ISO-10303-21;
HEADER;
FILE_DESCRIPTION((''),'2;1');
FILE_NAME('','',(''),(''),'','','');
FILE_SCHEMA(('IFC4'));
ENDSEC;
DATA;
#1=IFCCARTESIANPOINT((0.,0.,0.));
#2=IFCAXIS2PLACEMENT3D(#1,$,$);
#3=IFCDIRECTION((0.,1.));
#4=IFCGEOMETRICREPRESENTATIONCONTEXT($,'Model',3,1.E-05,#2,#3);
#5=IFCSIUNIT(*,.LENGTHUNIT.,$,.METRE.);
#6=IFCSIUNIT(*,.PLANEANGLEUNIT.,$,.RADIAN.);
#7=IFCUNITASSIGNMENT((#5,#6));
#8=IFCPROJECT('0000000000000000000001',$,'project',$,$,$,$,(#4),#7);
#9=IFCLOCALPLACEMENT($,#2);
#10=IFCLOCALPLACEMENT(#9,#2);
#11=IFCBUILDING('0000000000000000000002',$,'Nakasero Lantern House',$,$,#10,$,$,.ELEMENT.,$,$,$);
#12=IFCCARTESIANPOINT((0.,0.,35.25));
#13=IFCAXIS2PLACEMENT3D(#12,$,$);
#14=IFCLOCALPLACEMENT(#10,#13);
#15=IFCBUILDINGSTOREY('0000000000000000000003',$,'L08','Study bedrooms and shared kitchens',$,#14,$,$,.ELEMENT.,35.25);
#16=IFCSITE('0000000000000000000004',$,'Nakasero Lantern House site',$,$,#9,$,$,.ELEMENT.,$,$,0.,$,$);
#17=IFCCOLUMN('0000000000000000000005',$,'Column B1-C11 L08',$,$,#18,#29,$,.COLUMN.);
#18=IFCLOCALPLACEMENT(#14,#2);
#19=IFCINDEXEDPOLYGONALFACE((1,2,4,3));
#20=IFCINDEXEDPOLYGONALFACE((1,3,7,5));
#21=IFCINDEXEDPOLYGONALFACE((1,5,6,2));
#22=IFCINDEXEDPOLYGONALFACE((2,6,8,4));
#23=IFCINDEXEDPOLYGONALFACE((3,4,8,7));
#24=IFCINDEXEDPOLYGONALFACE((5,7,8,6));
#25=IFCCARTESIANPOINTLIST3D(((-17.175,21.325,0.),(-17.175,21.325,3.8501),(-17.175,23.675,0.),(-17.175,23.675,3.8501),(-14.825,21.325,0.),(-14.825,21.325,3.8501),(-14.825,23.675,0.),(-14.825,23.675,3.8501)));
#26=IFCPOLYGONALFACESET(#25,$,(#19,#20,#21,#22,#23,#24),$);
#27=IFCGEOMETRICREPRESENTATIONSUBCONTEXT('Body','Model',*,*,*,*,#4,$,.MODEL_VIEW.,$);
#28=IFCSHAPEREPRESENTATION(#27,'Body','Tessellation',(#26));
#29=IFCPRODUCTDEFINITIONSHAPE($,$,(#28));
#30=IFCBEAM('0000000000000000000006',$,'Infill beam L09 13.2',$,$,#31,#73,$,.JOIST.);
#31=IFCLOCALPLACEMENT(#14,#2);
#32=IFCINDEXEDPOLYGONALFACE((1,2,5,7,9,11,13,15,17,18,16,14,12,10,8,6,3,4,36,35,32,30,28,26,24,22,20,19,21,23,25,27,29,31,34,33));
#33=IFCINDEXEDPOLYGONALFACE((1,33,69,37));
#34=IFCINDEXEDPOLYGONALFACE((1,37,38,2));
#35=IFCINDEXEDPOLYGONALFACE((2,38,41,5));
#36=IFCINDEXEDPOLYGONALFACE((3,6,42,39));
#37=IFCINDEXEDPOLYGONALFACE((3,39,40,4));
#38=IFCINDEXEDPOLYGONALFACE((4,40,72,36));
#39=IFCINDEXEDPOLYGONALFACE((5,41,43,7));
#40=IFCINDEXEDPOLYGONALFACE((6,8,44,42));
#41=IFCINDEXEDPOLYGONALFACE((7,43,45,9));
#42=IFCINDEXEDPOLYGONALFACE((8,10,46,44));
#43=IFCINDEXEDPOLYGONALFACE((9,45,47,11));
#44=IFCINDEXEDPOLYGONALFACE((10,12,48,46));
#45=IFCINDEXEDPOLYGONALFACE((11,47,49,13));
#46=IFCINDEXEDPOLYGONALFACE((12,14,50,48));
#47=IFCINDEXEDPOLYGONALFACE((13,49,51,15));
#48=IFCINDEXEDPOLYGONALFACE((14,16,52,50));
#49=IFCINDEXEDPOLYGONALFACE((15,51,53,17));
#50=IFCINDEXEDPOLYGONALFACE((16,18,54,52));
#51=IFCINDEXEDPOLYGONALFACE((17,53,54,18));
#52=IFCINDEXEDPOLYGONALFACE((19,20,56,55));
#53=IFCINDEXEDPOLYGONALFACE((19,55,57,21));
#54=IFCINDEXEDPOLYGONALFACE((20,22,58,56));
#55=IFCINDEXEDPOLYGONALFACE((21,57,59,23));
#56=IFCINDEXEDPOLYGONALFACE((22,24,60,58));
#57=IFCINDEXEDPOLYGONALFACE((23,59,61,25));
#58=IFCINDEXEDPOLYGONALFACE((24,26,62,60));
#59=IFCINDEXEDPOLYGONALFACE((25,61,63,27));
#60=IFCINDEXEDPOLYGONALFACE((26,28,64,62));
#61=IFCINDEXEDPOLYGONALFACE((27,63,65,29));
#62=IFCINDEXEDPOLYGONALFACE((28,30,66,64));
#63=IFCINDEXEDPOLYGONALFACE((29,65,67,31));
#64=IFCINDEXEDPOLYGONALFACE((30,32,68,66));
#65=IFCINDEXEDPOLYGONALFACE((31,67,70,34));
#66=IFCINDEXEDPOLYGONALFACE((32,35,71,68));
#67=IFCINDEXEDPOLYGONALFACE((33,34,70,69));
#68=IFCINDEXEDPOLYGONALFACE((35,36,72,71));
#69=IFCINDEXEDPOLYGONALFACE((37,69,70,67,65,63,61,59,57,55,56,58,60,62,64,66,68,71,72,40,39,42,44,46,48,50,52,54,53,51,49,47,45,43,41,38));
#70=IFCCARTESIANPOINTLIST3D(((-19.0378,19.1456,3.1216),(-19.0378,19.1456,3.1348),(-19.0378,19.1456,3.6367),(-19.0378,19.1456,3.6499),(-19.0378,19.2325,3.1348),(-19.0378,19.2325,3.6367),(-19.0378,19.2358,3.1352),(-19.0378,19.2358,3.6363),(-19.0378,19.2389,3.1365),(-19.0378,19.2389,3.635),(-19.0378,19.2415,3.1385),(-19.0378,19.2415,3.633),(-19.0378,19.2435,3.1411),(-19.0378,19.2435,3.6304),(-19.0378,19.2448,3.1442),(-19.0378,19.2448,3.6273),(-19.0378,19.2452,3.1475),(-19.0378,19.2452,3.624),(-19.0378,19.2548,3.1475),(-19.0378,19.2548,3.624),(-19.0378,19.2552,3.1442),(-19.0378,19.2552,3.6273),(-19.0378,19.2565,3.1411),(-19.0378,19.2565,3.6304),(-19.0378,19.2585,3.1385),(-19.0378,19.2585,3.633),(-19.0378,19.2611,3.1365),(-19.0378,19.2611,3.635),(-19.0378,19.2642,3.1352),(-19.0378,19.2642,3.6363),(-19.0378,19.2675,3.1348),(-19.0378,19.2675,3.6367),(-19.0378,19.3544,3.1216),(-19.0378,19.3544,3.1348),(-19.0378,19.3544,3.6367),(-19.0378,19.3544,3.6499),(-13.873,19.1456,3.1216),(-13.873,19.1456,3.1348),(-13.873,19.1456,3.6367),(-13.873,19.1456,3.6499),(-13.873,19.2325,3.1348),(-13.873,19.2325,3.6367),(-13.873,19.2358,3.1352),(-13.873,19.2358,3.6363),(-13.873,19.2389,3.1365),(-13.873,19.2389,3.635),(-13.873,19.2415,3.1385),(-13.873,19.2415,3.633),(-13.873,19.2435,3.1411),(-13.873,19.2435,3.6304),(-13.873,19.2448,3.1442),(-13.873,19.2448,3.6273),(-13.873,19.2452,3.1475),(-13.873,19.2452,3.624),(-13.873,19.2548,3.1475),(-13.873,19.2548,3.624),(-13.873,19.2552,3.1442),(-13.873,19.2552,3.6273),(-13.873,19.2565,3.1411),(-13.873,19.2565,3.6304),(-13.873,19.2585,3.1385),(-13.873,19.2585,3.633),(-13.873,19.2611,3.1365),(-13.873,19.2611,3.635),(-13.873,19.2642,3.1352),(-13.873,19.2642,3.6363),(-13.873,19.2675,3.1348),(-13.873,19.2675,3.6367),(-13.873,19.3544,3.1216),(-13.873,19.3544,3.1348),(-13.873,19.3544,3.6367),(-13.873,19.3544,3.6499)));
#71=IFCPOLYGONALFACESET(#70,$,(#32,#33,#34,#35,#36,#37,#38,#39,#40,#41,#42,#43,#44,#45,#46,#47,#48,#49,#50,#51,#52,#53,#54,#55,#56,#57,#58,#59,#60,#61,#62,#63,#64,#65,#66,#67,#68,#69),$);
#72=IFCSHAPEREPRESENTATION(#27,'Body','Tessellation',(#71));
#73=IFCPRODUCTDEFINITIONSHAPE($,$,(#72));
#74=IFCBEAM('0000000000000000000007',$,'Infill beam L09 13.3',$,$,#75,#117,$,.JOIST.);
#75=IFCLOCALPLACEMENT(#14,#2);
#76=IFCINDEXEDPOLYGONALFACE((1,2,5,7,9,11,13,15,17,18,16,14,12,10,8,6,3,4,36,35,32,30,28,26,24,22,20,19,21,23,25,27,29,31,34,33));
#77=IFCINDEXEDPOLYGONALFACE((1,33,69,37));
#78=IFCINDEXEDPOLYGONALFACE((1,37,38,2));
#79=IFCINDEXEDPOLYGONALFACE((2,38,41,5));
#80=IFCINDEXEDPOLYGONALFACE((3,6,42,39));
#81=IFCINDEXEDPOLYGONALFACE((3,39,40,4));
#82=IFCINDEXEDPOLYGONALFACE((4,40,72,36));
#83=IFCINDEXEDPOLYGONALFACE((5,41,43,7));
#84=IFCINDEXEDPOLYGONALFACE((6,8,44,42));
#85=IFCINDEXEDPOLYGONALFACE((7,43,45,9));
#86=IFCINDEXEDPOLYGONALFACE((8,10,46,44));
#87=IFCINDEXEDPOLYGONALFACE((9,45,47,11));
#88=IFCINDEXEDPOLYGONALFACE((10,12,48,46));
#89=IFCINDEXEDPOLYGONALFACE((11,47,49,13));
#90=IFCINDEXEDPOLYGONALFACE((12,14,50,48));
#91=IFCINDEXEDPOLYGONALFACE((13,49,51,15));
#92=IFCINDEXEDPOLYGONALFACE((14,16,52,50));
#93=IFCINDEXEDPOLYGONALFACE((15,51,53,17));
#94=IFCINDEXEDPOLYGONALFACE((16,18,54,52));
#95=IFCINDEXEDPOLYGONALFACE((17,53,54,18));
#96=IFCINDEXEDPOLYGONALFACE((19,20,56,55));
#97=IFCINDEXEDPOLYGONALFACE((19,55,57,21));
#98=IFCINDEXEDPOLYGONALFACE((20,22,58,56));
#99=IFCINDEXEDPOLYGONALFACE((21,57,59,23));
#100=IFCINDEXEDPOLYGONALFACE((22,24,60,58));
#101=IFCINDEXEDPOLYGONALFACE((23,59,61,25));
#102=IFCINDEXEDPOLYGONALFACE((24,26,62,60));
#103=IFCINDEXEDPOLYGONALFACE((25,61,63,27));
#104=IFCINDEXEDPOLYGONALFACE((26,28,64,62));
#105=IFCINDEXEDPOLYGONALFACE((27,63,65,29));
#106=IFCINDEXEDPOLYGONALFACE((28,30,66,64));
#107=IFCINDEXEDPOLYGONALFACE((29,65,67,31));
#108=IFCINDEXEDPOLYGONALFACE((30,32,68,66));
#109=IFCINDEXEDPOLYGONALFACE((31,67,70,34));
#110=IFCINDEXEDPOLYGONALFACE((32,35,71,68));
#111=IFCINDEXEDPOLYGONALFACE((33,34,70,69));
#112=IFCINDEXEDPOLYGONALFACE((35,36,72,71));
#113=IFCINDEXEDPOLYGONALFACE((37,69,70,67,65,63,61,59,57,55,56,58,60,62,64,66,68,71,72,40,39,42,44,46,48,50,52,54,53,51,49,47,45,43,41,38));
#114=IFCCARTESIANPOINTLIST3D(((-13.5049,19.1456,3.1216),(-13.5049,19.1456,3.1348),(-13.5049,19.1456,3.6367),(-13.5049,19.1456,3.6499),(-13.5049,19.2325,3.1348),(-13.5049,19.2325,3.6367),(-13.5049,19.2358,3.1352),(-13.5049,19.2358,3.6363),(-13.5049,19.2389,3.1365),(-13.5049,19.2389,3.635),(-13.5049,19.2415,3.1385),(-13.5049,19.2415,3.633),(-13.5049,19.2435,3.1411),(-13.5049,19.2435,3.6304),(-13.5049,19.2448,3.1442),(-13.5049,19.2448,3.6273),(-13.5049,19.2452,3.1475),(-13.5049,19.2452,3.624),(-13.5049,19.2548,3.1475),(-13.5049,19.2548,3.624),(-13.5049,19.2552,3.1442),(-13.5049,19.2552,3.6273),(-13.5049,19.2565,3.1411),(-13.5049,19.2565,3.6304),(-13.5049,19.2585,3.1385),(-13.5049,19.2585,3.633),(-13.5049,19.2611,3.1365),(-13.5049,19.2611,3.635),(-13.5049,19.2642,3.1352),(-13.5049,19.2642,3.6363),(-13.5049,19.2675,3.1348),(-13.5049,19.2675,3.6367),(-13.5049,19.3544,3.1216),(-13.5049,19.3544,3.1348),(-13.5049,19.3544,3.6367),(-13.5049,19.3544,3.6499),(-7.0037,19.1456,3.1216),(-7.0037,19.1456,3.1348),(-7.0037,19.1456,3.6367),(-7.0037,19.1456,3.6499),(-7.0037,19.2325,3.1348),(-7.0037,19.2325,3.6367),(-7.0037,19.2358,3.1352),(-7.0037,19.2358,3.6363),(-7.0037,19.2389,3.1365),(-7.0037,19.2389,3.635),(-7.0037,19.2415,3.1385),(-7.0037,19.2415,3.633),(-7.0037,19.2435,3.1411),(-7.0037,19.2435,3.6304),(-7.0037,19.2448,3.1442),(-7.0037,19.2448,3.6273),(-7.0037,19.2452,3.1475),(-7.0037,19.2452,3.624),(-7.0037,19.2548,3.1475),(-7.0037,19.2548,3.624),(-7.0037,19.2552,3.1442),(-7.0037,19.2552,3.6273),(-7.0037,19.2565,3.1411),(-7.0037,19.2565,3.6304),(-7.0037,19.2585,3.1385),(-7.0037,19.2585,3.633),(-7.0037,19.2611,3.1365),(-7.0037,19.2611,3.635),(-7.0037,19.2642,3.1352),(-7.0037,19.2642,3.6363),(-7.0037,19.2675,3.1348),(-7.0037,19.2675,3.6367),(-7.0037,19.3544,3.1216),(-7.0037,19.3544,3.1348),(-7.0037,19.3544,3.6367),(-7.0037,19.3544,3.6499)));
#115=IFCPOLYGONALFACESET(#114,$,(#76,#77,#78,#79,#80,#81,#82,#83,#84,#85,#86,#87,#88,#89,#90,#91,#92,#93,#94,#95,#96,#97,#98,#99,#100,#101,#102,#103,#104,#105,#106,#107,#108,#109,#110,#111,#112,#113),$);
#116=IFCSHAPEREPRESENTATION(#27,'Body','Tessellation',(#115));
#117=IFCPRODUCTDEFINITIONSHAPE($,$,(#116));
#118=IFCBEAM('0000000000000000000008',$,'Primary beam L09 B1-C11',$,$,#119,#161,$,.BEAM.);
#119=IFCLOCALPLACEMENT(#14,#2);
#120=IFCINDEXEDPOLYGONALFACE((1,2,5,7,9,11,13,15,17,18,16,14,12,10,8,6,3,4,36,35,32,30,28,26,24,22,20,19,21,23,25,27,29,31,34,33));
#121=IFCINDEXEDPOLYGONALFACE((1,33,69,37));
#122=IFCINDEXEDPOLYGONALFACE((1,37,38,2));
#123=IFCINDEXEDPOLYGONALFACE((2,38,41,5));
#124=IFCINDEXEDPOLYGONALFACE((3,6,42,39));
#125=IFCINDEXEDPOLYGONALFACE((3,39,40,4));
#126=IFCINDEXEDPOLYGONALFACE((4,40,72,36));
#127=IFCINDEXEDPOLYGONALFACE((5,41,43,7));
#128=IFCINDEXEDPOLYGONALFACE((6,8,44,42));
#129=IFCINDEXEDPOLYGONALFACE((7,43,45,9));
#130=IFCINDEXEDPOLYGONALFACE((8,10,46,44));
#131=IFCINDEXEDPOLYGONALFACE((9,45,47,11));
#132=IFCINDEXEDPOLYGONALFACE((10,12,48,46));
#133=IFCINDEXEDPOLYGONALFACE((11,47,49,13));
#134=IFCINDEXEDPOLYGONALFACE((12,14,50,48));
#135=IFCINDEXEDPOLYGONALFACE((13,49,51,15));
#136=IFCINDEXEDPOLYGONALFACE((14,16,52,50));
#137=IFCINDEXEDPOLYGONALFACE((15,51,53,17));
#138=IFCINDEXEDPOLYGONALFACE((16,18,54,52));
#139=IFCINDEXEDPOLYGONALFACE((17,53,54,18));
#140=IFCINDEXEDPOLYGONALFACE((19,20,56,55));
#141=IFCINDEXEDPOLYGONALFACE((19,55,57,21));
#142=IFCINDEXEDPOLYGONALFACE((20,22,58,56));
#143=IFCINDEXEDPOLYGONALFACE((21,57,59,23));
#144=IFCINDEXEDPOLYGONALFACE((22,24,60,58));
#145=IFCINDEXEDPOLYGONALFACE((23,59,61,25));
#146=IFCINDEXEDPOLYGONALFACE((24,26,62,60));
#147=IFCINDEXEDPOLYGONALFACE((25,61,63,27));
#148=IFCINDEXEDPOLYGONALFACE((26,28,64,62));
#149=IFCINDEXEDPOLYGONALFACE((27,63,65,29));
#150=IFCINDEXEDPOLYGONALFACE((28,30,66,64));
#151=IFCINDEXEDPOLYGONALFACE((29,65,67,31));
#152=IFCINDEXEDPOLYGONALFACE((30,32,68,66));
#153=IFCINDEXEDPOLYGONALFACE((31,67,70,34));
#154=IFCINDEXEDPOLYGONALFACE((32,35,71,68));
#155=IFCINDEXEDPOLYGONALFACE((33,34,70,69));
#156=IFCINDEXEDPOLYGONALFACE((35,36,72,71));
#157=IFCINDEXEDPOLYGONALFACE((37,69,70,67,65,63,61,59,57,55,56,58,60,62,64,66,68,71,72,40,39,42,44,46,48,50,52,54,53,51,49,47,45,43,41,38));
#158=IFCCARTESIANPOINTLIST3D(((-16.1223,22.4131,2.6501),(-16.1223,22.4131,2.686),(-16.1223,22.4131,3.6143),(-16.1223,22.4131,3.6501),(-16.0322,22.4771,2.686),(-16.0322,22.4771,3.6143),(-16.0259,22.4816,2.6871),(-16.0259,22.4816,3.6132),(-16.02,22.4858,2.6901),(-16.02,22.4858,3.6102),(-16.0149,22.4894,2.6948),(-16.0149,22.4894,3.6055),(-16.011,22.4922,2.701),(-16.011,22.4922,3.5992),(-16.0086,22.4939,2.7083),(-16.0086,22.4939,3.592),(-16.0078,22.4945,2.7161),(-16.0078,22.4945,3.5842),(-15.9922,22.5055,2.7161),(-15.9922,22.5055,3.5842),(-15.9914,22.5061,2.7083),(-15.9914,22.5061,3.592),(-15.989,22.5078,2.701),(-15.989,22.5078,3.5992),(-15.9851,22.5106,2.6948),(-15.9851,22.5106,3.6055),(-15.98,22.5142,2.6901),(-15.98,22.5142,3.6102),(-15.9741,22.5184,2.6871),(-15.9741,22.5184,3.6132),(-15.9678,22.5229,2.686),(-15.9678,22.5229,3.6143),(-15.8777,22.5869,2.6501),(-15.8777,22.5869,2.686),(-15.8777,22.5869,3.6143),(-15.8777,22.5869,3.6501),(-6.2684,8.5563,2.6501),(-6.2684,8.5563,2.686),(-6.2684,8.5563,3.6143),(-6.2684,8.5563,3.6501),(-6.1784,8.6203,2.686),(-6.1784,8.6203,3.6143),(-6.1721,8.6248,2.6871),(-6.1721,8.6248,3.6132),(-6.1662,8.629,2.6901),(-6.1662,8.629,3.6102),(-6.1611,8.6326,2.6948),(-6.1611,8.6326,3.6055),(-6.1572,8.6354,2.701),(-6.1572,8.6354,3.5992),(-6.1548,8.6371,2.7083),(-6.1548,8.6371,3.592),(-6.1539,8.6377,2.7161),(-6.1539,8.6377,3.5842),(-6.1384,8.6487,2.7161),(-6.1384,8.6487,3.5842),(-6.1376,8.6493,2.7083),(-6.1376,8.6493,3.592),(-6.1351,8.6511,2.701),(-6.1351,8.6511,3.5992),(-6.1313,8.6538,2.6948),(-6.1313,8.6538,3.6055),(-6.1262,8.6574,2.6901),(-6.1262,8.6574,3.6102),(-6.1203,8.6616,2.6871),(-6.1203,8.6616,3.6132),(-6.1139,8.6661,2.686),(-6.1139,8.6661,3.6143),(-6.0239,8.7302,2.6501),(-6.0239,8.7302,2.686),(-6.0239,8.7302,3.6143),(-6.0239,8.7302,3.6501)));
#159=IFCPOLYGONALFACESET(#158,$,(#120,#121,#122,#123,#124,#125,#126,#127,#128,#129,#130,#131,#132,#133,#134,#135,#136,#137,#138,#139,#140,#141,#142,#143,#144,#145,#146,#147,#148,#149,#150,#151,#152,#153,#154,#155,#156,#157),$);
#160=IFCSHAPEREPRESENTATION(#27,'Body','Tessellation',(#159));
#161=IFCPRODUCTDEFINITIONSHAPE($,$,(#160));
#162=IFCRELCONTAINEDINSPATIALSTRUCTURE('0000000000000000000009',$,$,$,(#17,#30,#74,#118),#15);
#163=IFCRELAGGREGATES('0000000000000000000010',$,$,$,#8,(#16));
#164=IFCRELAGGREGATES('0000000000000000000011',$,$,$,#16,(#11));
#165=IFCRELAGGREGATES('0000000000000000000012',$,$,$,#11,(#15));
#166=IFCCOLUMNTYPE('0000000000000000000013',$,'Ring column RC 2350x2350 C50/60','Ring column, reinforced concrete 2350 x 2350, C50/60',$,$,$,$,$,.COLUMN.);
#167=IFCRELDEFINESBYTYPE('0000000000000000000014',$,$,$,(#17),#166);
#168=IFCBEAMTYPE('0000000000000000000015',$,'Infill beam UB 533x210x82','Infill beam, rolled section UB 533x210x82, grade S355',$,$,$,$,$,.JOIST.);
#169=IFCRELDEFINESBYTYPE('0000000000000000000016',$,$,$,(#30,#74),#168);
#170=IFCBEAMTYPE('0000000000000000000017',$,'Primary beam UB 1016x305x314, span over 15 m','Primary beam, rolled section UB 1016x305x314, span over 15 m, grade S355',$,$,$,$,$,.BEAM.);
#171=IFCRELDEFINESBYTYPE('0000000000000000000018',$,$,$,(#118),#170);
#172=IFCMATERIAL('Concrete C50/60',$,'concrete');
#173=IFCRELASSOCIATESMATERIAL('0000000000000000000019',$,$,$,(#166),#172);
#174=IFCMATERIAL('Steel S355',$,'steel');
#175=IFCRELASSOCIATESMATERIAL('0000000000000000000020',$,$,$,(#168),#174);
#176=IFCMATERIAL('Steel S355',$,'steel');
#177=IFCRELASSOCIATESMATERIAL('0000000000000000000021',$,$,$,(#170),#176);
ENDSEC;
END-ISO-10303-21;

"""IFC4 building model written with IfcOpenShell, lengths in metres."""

from ifc_helpers import new_model, si_unit, direction, frame, origin, origin_2d, place, context, subcontext, project, spatial, rectangle, i_section, extrude, material, material_profile, profile_set, type_object, element, save


model = new_model("IFC4")

# Units and contexts
model_context = context("Model", 3, precision=1e-05, world=origin(), true_north=direction((0.0, 1.0)))
body_context = subcontext(model_context, "Body", "Model", "MODEL_VIEW")
ifc_project = project(units=[si_unit("LENGTHUNIT", "METRE"), si_unit("PLANEANGLEUNIT", "RADIAN")], contexts=[model_context])

# Site, building, storey
site_placement = place(None, origin())
site = spatial("IfcSite", under=ifc_project, at=site_placement, Name="Nakasero Lantern House site", CompositionType="ELEMENT", RefElevation=0.0)
building_placement = place(site_placement, origin())
building = spatial("IfcBuilding", under=site, at=building_placement, Name="Nakasero Lantern House", CompositionType="ELEMENT")
storey_placement = place(building_placement, frame((0.0, 0.0, 35.25)))
storey = spatial("IfcBuildingStorey", under=building, at=storey_placement, Name="L08", Description="Study bedrooms and shared kitchens", CompositionType="ELEMENT", Elevation=35.25)

# Column
ifc_material_1 = material(Name="Concrete C50/60", Category="concrete")
ifc_material_profile_1 = material_profile(ifc_material_1, rectangle(XDim=2.3501, YDim=2.3501, at=origin_2d()), Name="RC 2350x2350")
ifc_profile_set_1 = profile_set([ifc_material_profile_1], Name="Concrete C50/60")
column_type = type_object("IfcColumnType", Name="Ring column RC 2350x2350 C50/60", Description="Ring column, reinforced concrete 2350 x 2350, C50/60", PredefinedType="COLUMN", material=ifc_profile_set_1)
column_placement = place(storey_placement, frame((-16.0, 22.5, 0.0), z_axis=(0.0, 0.0, 1.0), x_axis=(1.0, 0.0, 0.0)))
element("IfcColumn", 1, at=column_placement, inside=storey, type_object=column_type, Name="Column B1-C11 L08", PredefinedType="COLUMN", context=body_context, shape_type="SweptSolid", body=[
    extrude(rectangle(XDim=2.3501, YDim=2.3501, at=origin_2d()), origin(), (0.0, 0.0, 1.0), 3.8501),
])

# Beams
ifc_material_2 = material(Name="Steel S355", Category="steel")
ifc_material_profile_2 = material_profile(ifc_material_2, i_section(OverallWidth=0.2087, OverallDepth=0.5283, WebThickness=0.0095, FlangeThickness=0.0132, FilletRadius=0.0127, at=origin_2d()), Name="UB 533x210x82")
ifc_profile_set_2 = profile_set([ifc_material_profile_2], Name="Steel S355")
beam_type_1 = type_object("IfcBeamType", Name="Infill beam UB 533x210x82", Description="Infill beam, rolled section UB 533x210x82, grade S355", PredefinedType="JOIST", material=ifc_profile_set_2)
beam_1_placement = place(storey_placement, frame((-19.0378, 19.25, 3.3857), z_axis=(1.0, 0.0, 0.0), x_axis=(0.0, 1.0, 0.0)))
element("IfcBeam", 2, at=beam_1_placement, inside=storey, type_object=beam_type_1, Name="Infill beam L09 13.2", PredefinedType="JOIST", context=body_context, shape_type="SweptSolid", body=[
    extrude(i_section(OverallWidth=0.2087, OverallDepth=0.5283, WebThickness=0.0095, FlangeThickness=0.0132, FilletRadius=0.0127, at=origin_2d()), origin(), (0.0, 0.0, 1.0), 5.1648),
])
beam_2_placement = place(storey_placement, frame((-13.5049, 19.25, 3.3857), z_axis=(1.0, 0.0, 0.0), x_axis=(0.0, 1.0, 0.0)))
element("IfcBeam", 3, at=beam_2_placement, inside=storey, type_object=beam_type_1, Name="Infill beam L09 13.3", PredefinedType="JOIST", context=body_context, shape_type="SweptSolid", body=[
    extrude(i_section(OverallWidth=0.2087, OverallDepth=0.5283, WebThickness=0.0095, FlangeThickness=0.0132, FilletRadius=0.0127, at=origin_2d()), origin(), (0.0, 0.0, 1.0), 6.5012),
])
ifc_material_3 = material(Name="Steel S355", Category="steel")
ifc_material_profile_3 = material_profile(ifc_material_3, i_section(OverallWidth=0.3, OverallDepth=1.0, WebThickness=0.019, FlangeThickness=0.0359, FilletRadius=0.03, at=origin_2d()), Name="UB 1016x305x314")
ifc_profile_set_3 = profile_set([ifc_material_profile_3], Name="Steel S355")
beam_type_2 = type_object("IfcBeamType", Name="Primary beam UB 1016x305x314, span over 15 m", Description="Primary beam, rolled section UB 1016x305x314, span over 15 m, grade S355", PredefinedType="BEAM", material=ifc_profile_set_3)
beam_3_placement = place(storey_placement, frame((-16.0, 22.5, 3.1501), z_axis=(0.579528, -0.814952, 0.0), x_axis=(0.814952, 0.579528, 0.0)))
element("IfcBeam", 4, at=beam_3_placement, inside=storey, type_object=beam_type_2, Name="Primary beam L09 B1-C11", PredefinedType="BEAM", context=body_context, shape_type="SweptSolid", body=[
    extrude(i_section(OverallWidth=0.3, OverallDepth=1.0, WebThickness=0.019, FlangeThickness=0.0359, FilletRadius=0.03, at=origin_2d()), origin(), (0.0, 0.0, 1.0), 17.0032),
])

save(model, "model.ifc")
